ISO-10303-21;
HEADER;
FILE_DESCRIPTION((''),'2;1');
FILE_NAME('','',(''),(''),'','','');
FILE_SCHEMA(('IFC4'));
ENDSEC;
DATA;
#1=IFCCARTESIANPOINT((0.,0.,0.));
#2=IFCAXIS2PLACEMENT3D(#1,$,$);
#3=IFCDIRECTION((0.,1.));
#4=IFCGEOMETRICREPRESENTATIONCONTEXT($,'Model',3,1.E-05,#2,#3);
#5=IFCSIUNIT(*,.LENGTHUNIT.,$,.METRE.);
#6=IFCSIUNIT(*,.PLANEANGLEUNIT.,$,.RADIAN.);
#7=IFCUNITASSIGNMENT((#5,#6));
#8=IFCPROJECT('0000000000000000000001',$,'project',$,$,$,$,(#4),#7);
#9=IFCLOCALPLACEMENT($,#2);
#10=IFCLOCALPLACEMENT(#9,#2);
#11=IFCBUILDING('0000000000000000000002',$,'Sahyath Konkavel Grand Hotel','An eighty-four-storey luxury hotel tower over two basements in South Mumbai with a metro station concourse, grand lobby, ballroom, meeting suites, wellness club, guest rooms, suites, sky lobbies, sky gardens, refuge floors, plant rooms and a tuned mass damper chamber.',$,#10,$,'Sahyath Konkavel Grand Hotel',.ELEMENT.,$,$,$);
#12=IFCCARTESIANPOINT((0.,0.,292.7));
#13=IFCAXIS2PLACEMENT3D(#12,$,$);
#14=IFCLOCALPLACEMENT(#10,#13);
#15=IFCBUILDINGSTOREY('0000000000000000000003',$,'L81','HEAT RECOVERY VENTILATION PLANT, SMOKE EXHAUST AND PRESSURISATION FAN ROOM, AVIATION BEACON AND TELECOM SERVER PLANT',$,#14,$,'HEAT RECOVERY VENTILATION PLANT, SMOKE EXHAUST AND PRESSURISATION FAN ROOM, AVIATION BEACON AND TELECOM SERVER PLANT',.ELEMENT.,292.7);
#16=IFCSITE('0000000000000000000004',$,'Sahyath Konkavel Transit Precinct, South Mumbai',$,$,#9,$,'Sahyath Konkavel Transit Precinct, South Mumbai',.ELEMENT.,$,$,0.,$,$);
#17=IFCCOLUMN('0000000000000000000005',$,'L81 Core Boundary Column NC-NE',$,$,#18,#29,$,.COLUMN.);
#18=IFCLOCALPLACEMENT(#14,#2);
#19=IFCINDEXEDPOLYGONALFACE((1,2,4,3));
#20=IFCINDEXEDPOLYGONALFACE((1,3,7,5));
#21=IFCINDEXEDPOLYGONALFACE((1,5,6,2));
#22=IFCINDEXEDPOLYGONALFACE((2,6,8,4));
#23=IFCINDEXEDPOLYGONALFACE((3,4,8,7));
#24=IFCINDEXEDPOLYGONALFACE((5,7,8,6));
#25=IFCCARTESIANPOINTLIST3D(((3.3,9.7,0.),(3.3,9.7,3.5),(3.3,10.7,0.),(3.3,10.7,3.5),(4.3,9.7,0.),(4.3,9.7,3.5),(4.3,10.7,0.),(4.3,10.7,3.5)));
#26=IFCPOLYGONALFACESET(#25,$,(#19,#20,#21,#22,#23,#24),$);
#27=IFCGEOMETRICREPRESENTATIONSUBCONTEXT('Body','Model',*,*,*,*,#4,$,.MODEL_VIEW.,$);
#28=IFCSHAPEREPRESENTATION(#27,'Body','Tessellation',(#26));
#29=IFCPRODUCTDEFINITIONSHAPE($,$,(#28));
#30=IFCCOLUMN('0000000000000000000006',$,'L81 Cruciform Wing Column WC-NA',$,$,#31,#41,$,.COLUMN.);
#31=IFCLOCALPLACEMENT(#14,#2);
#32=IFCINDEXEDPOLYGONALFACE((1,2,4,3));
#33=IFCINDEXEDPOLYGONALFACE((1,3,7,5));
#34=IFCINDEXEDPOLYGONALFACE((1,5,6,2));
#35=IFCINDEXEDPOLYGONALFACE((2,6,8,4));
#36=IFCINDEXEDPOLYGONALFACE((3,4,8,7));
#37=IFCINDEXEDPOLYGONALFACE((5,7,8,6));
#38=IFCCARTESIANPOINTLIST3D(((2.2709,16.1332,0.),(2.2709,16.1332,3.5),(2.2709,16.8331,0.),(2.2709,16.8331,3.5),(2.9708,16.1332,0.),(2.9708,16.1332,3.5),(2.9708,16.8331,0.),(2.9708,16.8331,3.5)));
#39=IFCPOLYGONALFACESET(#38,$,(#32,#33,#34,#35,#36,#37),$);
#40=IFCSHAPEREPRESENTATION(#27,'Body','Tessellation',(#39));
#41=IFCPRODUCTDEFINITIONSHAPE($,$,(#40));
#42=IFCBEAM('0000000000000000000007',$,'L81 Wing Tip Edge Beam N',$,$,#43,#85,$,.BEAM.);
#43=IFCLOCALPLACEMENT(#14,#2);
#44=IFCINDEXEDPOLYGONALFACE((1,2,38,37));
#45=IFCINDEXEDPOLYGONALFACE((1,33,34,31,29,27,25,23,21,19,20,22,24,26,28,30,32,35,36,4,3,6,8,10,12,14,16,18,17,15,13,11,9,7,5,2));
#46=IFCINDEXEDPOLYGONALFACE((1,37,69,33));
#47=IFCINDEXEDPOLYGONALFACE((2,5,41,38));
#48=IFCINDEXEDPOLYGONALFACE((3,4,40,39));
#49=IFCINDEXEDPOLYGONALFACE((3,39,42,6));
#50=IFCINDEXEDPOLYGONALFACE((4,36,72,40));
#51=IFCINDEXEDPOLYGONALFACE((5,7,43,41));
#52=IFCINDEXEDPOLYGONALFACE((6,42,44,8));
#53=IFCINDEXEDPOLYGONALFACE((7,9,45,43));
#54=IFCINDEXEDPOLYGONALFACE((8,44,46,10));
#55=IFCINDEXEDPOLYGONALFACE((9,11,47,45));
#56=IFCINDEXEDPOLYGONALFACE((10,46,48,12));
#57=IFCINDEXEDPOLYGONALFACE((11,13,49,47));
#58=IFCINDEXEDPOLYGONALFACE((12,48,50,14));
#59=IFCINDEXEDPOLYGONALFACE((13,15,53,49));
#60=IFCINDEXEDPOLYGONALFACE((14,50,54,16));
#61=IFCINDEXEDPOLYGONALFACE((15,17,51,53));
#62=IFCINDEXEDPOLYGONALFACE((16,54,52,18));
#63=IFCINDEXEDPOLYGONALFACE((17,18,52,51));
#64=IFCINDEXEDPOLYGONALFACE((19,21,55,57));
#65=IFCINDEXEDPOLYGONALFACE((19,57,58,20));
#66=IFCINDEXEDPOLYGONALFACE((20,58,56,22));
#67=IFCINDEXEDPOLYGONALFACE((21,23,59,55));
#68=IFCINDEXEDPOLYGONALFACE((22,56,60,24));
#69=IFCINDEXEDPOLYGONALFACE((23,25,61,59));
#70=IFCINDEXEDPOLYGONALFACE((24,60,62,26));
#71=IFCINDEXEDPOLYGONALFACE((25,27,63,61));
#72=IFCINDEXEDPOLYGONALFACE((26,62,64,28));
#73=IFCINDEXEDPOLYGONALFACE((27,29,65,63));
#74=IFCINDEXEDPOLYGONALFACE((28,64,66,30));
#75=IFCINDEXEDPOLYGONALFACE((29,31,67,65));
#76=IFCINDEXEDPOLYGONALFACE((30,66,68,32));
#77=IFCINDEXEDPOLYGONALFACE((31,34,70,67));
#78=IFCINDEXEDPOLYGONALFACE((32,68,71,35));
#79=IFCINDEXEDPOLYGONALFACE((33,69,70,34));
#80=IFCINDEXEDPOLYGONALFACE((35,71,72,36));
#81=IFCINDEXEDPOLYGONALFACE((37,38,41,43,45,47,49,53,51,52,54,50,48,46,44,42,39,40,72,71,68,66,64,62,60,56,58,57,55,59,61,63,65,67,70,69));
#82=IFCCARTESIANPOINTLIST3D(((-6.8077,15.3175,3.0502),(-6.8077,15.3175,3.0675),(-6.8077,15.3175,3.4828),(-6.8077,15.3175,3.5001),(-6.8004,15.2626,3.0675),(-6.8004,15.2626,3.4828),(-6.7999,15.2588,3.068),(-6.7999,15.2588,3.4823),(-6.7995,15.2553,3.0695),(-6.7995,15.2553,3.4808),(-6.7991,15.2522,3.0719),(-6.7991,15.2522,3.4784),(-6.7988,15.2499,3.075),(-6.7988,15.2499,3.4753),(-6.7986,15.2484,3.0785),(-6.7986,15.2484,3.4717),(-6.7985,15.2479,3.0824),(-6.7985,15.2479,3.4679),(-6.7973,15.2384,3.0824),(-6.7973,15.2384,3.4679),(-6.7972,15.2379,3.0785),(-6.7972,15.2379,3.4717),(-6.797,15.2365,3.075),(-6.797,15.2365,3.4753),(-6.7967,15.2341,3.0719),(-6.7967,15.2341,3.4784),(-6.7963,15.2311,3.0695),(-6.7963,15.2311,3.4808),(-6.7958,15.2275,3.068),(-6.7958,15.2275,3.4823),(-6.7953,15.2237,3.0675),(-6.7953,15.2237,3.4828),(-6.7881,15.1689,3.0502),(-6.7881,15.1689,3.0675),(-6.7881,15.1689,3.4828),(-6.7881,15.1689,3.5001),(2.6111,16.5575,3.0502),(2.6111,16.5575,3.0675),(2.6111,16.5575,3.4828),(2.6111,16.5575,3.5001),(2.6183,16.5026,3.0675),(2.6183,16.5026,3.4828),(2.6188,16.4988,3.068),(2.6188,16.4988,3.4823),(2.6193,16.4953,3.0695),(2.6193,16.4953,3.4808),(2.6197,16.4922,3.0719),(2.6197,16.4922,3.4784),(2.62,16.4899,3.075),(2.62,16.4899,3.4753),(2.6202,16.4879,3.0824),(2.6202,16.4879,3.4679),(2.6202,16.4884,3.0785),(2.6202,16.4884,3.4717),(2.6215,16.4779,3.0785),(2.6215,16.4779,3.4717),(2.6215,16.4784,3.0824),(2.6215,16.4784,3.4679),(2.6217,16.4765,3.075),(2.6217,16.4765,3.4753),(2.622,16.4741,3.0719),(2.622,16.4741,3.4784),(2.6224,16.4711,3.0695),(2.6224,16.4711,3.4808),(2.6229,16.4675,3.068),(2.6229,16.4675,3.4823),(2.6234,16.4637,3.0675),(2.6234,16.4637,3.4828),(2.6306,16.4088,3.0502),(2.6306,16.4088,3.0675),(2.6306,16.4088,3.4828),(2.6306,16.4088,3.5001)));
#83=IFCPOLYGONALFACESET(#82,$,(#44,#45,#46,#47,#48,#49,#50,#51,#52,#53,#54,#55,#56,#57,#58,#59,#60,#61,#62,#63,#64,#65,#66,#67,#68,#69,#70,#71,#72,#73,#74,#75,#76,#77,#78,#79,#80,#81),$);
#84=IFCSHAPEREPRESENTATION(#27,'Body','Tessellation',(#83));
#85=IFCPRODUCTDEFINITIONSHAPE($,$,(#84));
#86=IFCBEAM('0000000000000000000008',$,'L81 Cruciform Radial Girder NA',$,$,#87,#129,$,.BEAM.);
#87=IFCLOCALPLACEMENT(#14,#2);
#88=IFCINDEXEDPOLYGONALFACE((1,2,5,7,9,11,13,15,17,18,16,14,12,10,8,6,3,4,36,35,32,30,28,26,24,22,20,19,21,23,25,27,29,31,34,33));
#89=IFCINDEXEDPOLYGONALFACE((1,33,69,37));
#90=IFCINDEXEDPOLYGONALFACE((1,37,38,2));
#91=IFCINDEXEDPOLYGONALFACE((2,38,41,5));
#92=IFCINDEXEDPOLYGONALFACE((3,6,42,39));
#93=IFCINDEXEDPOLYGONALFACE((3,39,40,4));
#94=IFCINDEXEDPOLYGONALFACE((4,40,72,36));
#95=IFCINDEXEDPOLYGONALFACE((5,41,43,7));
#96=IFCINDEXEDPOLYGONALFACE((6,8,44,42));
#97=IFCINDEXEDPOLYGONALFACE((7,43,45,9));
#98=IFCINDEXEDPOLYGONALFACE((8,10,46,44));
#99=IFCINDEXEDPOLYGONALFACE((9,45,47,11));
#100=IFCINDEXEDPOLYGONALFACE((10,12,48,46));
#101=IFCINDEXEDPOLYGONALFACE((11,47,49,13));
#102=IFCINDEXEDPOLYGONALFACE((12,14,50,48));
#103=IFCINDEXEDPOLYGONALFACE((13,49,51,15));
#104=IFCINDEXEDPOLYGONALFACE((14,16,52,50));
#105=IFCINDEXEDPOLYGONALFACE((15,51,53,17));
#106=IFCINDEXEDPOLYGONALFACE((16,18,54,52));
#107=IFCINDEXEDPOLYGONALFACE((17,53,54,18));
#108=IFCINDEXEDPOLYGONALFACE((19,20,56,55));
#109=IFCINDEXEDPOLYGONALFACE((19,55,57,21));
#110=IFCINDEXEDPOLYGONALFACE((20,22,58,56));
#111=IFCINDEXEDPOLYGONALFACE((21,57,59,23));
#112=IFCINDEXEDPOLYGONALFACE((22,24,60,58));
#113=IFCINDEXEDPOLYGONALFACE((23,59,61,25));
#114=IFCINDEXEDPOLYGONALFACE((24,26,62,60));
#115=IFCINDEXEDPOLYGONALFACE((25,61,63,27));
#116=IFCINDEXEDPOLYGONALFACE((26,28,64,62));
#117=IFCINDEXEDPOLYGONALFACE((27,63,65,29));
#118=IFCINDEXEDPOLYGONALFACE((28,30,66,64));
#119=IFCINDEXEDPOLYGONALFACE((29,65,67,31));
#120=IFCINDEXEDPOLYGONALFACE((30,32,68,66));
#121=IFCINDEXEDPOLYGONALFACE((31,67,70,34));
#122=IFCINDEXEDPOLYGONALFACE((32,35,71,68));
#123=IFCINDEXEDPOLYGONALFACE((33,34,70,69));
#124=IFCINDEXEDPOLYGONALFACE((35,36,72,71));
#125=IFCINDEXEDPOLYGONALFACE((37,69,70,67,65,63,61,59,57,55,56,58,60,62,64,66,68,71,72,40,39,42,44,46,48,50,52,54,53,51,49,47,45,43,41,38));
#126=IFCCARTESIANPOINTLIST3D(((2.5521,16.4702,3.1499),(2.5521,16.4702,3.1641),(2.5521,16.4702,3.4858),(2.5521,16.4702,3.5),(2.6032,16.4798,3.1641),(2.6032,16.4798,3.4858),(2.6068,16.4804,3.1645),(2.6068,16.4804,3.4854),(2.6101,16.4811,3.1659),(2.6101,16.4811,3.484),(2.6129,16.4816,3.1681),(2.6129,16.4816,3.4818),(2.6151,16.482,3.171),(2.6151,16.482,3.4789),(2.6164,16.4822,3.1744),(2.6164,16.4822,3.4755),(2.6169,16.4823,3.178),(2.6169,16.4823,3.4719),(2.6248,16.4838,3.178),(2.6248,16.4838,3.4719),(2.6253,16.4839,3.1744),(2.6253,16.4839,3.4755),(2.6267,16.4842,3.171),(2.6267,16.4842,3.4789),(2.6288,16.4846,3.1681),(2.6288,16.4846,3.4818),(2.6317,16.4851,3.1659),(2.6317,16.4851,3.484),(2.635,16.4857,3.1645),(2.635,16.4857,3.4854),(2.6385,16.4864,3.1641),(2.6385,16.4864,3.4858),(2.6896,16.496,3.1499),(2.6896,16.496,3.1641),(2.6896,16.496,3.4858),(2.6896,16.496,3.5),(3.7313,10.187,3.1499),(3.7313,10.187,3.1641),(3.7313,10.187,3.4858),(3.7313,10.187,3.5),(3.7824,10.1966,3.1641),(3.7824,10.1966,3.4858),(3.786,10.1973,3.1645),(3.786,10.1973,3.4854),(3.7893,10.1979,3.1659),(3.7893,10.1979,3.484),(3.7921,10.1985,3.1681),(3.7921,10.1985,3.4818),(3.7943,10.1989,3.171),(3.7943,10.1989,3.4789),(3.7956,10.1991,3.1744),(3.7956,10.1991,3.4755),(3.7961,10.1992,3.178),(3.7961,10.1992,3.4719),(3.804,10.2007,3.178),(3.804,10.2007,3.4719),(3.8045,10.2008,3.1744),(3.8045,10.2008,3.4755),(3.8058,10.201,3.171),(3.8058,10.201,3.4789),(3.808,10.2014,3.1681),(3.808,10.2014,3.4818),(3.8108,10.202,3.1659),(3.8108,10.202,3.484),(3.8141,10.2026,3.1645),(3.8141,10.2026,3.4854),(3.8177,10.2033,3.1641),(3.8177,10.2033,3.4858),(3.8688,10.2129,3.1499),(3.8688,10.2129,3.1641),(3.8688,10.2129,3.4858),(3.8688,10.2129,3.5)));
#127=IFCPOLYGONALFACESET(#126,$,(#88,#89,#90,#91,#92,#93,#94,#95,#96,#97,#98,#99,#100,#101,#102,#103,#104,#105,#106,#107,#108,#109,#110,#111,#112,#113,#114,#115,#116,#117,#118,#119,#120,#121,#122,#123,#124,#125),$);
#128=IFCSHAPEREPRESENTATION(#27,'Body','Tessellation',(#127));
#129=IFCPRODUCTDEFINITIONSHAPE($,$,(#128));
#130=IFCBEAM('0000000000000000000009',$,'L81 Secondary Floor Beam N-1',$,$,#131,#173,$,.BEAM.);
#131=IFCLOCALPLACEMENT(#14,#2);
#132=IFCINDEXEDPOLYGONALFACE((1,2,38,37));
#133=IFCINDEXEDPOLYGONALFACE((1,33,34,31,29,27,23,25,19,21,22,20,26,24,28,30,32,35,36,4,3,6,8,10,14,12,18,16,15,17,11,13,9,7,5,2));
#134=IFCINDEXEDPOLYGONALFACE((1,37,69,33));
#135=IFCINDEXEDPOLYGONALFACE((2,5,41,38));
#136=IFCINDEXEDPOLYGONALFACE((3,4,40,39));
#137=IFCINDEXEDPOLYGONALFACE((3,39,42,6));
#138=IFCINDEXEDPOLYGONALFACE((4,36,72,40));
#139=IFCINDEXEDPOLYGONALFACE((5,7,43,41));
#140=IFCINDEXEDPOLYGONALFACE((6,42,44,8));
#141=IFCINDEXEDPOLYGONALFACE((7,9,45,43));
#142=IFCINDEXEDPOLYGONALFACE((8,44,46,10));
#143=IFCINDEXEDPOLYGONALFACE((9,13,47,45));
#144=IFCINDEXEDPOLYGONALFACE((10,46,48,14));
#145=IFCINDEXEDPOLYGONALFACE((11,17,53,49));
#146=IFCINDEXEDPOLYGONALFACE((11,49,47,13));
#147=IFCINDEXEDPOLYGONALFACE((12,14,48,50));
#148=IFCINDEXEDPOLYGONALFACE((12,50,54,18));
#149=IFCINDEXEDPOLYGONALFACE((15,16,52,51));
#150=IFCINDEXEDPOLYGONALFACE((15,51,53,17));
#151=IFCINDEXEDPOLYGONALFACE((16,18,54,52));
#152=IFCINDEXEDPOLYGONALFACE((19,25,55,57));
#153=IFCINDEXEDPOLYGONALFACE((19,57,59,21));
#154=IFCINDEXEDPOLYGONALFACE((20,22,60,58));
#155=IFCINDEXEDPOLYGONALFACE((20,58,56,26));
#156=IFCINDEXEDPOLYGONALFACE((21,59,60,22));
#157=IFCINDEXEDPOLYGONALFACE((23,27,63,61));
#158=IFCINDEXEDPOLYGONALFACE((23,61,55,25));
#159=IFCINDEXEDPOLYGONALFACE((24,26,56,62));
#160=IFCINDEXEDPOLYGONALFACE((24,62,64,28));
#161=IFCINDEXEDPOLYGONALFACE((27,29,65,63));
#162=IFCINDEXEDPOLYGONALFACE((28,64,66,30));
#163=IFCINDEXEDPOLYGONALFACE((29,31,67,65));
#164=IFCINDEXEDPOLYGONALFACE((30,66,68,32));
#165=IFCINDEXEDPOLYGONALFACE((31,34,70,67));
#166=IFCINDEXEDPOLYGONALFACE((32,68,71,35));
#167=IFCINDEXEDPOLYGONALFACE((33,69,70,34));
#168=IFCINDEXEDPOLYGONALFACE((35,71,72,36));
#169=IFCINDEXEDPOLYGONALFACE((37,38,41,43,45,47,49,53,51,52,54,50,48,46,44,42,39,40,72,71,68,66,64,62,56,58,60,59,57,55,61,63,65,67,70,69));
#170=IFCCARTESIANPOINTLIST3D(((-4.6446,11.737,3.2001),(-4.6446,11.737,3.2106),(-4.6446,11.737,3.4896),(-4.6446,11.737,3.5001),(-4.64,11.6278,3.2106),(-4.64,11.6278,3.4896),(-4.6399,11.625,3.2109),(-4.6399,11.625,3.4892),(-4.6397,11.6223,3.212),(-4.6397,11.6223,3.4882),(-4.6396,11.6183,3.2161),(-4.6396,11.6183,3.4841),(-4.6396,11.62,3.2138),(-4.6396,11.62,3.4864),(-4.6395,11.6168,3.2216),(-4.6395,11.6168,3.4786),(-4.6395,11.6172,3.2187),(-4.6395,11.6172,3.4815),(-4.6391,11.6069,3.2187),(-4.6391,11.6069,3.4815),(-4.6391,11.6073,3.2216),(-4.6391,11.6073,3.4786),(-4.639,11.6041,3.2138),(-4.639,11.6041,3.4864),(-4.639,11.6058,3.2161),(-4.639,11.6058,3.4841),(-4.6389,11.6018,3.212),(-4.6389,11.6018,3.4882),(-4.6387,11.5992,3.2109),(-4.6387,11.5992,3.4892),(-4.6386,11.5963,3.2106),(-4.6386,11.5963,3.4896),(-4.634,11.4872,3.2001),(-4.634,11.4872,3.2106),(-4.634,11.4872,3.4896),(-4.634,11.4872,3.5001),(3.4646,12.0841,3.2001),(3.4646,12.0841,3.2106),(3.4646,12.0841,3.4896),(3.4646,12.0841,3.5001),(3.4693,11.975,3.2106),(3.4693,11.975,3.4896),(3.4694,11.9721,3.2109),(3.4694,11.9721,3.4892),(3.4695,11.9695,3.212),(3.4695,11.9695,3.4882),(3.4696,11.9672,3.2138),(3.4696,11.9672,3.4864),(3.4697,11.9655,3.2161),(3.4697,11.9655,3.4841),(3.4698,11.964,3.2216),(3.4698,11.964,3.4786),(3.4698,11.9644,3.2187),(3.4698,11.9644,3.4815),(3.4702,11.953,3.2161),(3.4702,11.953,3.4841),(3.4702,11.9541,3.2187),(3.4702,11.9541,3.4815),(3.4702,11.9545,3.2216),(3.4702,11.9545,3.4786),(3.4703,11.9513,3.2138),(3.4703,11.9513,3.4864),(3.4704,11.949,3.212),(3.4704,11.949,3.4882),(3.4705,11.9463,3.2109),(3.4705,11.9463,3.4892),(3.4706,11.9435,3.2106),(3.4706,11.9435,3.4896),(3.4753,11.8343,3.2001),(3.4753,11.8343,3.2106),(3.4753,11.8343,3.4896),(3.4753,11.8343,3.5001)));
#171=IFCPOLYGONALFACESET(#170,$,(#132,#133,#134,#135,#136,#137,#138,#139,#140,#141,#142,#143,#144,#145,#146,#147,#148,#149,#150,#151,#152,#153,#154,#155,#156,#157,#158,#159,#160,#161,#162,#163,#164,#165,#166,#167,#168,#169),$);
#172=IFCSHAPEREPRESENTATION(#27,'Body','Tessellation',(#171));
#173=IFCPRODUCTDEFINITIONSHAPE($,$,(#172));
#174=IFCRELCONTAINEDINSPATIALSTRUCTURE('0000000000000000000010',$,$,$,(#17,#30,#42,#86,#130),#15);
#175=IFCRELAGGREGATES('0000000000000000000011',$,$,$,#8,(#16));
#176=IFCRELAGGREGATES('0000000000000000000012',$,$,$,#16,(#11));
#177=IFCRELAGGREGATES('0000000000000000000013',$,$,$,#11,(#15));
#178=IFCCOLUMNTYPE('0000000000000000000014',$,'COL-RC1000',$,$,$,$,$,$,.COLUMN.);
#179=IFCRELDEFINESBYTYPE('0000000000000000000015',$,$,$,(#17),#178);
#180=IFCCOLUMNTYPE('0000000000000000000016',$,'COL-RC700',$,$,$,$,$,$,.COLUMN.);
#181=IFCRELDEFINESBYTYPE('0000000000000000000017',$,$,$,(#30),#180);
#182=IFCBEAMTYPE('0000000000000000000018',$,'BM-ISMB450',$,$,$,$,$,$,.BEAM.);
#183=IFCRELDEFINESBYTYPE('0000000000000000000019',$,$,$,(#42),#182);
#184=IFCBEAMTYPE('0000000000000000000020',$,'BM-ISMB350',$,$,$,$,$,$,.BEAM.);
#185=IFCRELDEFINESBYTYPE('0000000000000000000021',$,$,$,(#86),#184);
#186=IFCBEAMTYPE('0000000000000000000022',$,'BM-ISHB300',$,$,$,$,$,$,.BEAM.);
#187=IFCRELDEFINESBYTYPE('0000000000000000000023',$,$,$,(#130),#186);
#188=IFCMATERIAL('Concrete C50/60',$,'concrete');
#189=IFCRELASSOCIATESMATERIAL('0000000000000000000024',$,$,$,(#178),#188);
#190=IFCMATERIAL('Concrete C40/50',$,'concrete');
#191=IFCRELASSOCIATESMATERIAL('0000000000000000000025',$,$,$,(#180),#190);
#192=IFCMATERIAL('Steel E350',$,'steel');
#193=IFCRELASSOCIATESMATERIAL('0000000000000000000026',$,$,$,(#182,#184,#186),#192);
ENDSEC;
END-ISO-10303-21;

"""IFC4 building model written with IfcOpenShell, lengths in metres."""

from ifc_helpers import new_model, si_unit, direction, frame, origin, origin_2d, place, context, subcontext, project, spatial, rectangle, i_section, extrude, source, transform, mapped, material, material_profile, profile_set, type_object, element, save


model = new_model("IFC4")

# Units and contexts
model_context = context("Model", 3, precision=1e-05, world=origin(), true_north=direction((0.0, 1.0)))
body_context = subcontext(model_context, "Body", "Model", "MODEL_VIEW")
ifc_project = project(units=[si_unit("LENGTHUNIT", "METRE"), si_unit("PLANEANGLEUNIT", "RADIAN")], contexts=[model_context])

# Site, building, storey
site_placement = place(None, origin())
site = spatial("IfcSite", under=ifc_project, at=site_placement, Name="Sahyath Konkavel Transit Precinct, South Mumbai", LongName="Sahyath Konkavel Transit Precinct, South Mumbai", CompositionType="ELEMENT", RefElevation=0.0)
building_placement = place(site_placement, origin())
building = spatial("IfcBuilding", under=site, at=building_placement, Name="Sahyath Konkavel Grand Hotel", Description="An eighty-four-storey luxury hotel tower over two basements in South Mumbai with a metro station concourse, grand lobby, ballroom, meeting suites, wellness club, guest rooms, suites, sky lobbies, sky gardens, refuge floors, plant rooms and a tuned mass damper chamber.", LongName="Sahyath Konkavel Grand Hotel", CompositionType="ELEMENT")
storey_placement = place(building_placement, frame((0.0, 0.0, 292.7)))
storey = spatial("IfcBuildingStorey", under=building, at=storey_placement, Name="L81", Description="HEAT RECOVERY VENTILATION PLANT, SMOKE EXHAUST AND PRESSURISATION FAN ROOM, AVIATION BEACON AND TELECOM SERVER PLANT", LongName="HEAT RECOVERY VENTILATION PLANT, SMOKE EXHAUST AND PRESSURISATION FAN ROOM, AVIATION BEACON AND TELECOM SERVER PLANT", CompositionType="ELEMENT", Elevation=292.7)

# Columns
ifc_material_1 = material(Name="Concrete C50/60", Category="concrete")
ifc_material_profile_1 = material_profile(ifc_material_1, rectangle(XDim=1.0, YDim=1.0, at=origin_2d()), Name="RC 1000x1000")
ifc_profile_set_1 = profile_set([ifc_material_profile_1], Name="Concrete C50/60")
column_type_1 = type_object("IfcColumnType", Name="COL-RC1000", PredefinedType="COLUMN", material=ifc_profile_set_1)
shared_shape_1 = source(origin(), body_context, "Body", "SweptSolid", [
    extrude(rectangle(XDim=1.0, YDim=1.0, at=origin_2d()), origin(), (0.0, 0.0, 1.0), 3.5),
])
column_1_placement = place(storey_placement, frame((3.8, 10.2, 0.0), z_axis=(0.0, 0.0, 1.0), x_axis=(1.0, 0.0, 0.0)))
element("IfcColumn", 1, at=column_1_placement, inside=storey, type_object=column_type_1, Name="L81 Core Boundary Column NC-NE", PredefinedType="COLUMN", context=body_context, shape_type="MappedRepresentation", body=[
    mapped(shared_shape_1, transform((0.0, 0.0, 0.0), scale=1.0)),
])
ifc_material_2 = material(Name="Concrete C40/50", Category="concrete")
ifc_material_profile_2 = material_profile(ifc_material_2, rectangle(XDim=0.7, YDim=0.7, at=origin_2d()), Name="RC 700x700")
ifc_profile_set_2 = profile_set([ifc_material_profile_2], Name="Concrete C40/50")
column_type_2 = type_object("IfcColumnType", Name="COL-RC700", PredefinedType="COLUMN", material=ifc_profile_set_2)
shared_shape_2 = source(origin(), body_context, "Body", "SweptSolid", [
    extrude(rectangle(XDim=0.7, YDim=0.7, at=origin_2d()), origin(), (0.0, 0.0, 1.0), 3.5),
])
column_2_placement = place(storey_placement, frame((2.6208, 16.4832, 0.0), z_axis=(0.0, 0.0, 1.0), x_axis=(1.0, 0.0, 0.0)))
element("IfcColumn", 2, at=column_2_placement, inside=storey, type_object=column_type_2, Name="L81 Cruciform Wing Column WC-NA", PredefinedType="COLUMN", context=body_context, shape_type="MappedRepresentation", body=[
    mapped(shared_shape_2, transform((0.0, 0.0, 0.0), scale=1.0)),
])

# Beams
ifc_material_3 = material(Name="Steel E350", Category="steel")
ifc_material_profile_3 = material_profile(ifc_material_3, i_section(OverallWidth=0.1499, OverallDepth=0.45, WebThickness=0.0095, FlangeThickness=0.0173, FilletRadius=0.0149, at=origin_2d()), Name="ISMB 450")
ifc_profile_set_3 = profile_set([ifc_material_profile_3], Name="Steel E350")
beam_type_1 = type_object("IfcBeamType", Name="BM-ISMB450", PredefinedType="BEAM", material=ifc_profile_set_3)
shared_shape_3 = source(origin(), body_context, "Body", "SweptSolid", [
    extrude(i_section(OverallWidth=0.1499, OverallDepth=0.45, WebThickness=0.0095, FlangeThickness=0.0173, FilletRadius=0.0149, at=origin_2d()), origin(), (0.0, 0.0, 1.0), 9.5),
])
beam_1_placement = place(storey_placement, frame((2.6208, 16.4832, 3.2751), z_axis=(-0.991445, -0.130526, 0.0), x_axis=(0.130526, -0.991445, 0.0)))
element("IfcBeam", 3, at=beam_1_placement, inside=storey, type_object=beam_type_1, Name="L81 Wing Tip Edge Beam N", PredefinedType="BEAM", context=body_context, shape_type="MappedRepresentation", body=[
    mapped(shared_shape_3, transform((0.0, 0.0, 0.0), scale=1.0)),
])
ifc_material_profile_4 = material_profile(ifc_material_3, i_section(OverallWidth=0.1399, OverallDepth=0.3501, WebThickness=0.0081, FlangeThickness=0.0142, FilletRadius=0.0139, at=origin_2d()), Name="ISMB 350")
ifc_profile_set_4 = profile_set([ifc_material_profile_4], Name="Steel E350")
beam_type_2 = type_object("IfcBeamType", Name="BM-ISMB350", PredefinedType="BEAM", material=ifc_profile_set_4)
shared_shape_4 = source(origin(), body_context, "Body", "SweptSolid", [
    extrude(i_section(OverallWidth=0.1399, OverallDepth=0.3501, WebThickness=0.0081, FlangeThickness=0.0142, FilletRadius=0.0139, at=origin_2d()), origin(), (0.0, 0.0, 1.0), 6.3928),
])
beam_2_placement = place(storey_placement, frame((3.8, 10.2, 3.325), z_axis=(-0.184455, 0.982841, 0.0), x_axis=(-0.982841, -0.184455, 0.0)))
element("IfcBeam", 4, at=beam_2_placement, inside=storey, type_object=beam_type_2, Name="L81 Cruciform Radial Girder NA", PredefinedType="BEAM", context=body_context, shape_type="MappedRepresentation", body=[
    mapped(shared_shape_4, transform((0.0, 0.0, 0.0), scale=1.0)),
])
ifc_material_profile_5 = material_profile(ifc_material_3, i_section(OverallWidth=0.25, OverallDepth=0.3, WebThickness=0.0095, FlangeThickness=0.0105, FilletRadius=0.011, at=origin_2d()), Name="ISHB 300")
ifc_profile_set_5 = profile_set([ifc_material_profile_5], Name="Steel E350")
beam_type_3 = type_object("IfcBeamType", Name="BM-ISHB300", PredefinedType="BEAM", material=ifc_profile_set_5)
shared_shape_5 = source(origin(), body_context, "Body", "SweptSolid", [
    extrude(i_section(OverallWidth=0.25, OverallDepth=0.3, WebThickness=0.0095, FlangeThickness=0.0105, FilletRadius=0.011, at=origin_2d()), origin(), (0.0, 0.0, 1.0), 8.1167),
])
beam_3_placement = place(storey_placement, frame((3.47, 11.9592, 3.3501), z_axis=(-0.999085, -0.042772, 0.0), x_axis=(0.042772, -0.999085, 0.0)))
element("IfcBeam", 5, at=beam_3_placement, inside=storey, type_object=beam_type_3, Name="L81 Secondary Floor Beam N-1", PredefinedType="BEAM", context=body_context, shape_type="MappedRepresentation", body=[
    mapped(shared_shape_5, transform((0.0, 0.0, 0.0), scale=1.0)),
])

save(model, "model.ifc")
